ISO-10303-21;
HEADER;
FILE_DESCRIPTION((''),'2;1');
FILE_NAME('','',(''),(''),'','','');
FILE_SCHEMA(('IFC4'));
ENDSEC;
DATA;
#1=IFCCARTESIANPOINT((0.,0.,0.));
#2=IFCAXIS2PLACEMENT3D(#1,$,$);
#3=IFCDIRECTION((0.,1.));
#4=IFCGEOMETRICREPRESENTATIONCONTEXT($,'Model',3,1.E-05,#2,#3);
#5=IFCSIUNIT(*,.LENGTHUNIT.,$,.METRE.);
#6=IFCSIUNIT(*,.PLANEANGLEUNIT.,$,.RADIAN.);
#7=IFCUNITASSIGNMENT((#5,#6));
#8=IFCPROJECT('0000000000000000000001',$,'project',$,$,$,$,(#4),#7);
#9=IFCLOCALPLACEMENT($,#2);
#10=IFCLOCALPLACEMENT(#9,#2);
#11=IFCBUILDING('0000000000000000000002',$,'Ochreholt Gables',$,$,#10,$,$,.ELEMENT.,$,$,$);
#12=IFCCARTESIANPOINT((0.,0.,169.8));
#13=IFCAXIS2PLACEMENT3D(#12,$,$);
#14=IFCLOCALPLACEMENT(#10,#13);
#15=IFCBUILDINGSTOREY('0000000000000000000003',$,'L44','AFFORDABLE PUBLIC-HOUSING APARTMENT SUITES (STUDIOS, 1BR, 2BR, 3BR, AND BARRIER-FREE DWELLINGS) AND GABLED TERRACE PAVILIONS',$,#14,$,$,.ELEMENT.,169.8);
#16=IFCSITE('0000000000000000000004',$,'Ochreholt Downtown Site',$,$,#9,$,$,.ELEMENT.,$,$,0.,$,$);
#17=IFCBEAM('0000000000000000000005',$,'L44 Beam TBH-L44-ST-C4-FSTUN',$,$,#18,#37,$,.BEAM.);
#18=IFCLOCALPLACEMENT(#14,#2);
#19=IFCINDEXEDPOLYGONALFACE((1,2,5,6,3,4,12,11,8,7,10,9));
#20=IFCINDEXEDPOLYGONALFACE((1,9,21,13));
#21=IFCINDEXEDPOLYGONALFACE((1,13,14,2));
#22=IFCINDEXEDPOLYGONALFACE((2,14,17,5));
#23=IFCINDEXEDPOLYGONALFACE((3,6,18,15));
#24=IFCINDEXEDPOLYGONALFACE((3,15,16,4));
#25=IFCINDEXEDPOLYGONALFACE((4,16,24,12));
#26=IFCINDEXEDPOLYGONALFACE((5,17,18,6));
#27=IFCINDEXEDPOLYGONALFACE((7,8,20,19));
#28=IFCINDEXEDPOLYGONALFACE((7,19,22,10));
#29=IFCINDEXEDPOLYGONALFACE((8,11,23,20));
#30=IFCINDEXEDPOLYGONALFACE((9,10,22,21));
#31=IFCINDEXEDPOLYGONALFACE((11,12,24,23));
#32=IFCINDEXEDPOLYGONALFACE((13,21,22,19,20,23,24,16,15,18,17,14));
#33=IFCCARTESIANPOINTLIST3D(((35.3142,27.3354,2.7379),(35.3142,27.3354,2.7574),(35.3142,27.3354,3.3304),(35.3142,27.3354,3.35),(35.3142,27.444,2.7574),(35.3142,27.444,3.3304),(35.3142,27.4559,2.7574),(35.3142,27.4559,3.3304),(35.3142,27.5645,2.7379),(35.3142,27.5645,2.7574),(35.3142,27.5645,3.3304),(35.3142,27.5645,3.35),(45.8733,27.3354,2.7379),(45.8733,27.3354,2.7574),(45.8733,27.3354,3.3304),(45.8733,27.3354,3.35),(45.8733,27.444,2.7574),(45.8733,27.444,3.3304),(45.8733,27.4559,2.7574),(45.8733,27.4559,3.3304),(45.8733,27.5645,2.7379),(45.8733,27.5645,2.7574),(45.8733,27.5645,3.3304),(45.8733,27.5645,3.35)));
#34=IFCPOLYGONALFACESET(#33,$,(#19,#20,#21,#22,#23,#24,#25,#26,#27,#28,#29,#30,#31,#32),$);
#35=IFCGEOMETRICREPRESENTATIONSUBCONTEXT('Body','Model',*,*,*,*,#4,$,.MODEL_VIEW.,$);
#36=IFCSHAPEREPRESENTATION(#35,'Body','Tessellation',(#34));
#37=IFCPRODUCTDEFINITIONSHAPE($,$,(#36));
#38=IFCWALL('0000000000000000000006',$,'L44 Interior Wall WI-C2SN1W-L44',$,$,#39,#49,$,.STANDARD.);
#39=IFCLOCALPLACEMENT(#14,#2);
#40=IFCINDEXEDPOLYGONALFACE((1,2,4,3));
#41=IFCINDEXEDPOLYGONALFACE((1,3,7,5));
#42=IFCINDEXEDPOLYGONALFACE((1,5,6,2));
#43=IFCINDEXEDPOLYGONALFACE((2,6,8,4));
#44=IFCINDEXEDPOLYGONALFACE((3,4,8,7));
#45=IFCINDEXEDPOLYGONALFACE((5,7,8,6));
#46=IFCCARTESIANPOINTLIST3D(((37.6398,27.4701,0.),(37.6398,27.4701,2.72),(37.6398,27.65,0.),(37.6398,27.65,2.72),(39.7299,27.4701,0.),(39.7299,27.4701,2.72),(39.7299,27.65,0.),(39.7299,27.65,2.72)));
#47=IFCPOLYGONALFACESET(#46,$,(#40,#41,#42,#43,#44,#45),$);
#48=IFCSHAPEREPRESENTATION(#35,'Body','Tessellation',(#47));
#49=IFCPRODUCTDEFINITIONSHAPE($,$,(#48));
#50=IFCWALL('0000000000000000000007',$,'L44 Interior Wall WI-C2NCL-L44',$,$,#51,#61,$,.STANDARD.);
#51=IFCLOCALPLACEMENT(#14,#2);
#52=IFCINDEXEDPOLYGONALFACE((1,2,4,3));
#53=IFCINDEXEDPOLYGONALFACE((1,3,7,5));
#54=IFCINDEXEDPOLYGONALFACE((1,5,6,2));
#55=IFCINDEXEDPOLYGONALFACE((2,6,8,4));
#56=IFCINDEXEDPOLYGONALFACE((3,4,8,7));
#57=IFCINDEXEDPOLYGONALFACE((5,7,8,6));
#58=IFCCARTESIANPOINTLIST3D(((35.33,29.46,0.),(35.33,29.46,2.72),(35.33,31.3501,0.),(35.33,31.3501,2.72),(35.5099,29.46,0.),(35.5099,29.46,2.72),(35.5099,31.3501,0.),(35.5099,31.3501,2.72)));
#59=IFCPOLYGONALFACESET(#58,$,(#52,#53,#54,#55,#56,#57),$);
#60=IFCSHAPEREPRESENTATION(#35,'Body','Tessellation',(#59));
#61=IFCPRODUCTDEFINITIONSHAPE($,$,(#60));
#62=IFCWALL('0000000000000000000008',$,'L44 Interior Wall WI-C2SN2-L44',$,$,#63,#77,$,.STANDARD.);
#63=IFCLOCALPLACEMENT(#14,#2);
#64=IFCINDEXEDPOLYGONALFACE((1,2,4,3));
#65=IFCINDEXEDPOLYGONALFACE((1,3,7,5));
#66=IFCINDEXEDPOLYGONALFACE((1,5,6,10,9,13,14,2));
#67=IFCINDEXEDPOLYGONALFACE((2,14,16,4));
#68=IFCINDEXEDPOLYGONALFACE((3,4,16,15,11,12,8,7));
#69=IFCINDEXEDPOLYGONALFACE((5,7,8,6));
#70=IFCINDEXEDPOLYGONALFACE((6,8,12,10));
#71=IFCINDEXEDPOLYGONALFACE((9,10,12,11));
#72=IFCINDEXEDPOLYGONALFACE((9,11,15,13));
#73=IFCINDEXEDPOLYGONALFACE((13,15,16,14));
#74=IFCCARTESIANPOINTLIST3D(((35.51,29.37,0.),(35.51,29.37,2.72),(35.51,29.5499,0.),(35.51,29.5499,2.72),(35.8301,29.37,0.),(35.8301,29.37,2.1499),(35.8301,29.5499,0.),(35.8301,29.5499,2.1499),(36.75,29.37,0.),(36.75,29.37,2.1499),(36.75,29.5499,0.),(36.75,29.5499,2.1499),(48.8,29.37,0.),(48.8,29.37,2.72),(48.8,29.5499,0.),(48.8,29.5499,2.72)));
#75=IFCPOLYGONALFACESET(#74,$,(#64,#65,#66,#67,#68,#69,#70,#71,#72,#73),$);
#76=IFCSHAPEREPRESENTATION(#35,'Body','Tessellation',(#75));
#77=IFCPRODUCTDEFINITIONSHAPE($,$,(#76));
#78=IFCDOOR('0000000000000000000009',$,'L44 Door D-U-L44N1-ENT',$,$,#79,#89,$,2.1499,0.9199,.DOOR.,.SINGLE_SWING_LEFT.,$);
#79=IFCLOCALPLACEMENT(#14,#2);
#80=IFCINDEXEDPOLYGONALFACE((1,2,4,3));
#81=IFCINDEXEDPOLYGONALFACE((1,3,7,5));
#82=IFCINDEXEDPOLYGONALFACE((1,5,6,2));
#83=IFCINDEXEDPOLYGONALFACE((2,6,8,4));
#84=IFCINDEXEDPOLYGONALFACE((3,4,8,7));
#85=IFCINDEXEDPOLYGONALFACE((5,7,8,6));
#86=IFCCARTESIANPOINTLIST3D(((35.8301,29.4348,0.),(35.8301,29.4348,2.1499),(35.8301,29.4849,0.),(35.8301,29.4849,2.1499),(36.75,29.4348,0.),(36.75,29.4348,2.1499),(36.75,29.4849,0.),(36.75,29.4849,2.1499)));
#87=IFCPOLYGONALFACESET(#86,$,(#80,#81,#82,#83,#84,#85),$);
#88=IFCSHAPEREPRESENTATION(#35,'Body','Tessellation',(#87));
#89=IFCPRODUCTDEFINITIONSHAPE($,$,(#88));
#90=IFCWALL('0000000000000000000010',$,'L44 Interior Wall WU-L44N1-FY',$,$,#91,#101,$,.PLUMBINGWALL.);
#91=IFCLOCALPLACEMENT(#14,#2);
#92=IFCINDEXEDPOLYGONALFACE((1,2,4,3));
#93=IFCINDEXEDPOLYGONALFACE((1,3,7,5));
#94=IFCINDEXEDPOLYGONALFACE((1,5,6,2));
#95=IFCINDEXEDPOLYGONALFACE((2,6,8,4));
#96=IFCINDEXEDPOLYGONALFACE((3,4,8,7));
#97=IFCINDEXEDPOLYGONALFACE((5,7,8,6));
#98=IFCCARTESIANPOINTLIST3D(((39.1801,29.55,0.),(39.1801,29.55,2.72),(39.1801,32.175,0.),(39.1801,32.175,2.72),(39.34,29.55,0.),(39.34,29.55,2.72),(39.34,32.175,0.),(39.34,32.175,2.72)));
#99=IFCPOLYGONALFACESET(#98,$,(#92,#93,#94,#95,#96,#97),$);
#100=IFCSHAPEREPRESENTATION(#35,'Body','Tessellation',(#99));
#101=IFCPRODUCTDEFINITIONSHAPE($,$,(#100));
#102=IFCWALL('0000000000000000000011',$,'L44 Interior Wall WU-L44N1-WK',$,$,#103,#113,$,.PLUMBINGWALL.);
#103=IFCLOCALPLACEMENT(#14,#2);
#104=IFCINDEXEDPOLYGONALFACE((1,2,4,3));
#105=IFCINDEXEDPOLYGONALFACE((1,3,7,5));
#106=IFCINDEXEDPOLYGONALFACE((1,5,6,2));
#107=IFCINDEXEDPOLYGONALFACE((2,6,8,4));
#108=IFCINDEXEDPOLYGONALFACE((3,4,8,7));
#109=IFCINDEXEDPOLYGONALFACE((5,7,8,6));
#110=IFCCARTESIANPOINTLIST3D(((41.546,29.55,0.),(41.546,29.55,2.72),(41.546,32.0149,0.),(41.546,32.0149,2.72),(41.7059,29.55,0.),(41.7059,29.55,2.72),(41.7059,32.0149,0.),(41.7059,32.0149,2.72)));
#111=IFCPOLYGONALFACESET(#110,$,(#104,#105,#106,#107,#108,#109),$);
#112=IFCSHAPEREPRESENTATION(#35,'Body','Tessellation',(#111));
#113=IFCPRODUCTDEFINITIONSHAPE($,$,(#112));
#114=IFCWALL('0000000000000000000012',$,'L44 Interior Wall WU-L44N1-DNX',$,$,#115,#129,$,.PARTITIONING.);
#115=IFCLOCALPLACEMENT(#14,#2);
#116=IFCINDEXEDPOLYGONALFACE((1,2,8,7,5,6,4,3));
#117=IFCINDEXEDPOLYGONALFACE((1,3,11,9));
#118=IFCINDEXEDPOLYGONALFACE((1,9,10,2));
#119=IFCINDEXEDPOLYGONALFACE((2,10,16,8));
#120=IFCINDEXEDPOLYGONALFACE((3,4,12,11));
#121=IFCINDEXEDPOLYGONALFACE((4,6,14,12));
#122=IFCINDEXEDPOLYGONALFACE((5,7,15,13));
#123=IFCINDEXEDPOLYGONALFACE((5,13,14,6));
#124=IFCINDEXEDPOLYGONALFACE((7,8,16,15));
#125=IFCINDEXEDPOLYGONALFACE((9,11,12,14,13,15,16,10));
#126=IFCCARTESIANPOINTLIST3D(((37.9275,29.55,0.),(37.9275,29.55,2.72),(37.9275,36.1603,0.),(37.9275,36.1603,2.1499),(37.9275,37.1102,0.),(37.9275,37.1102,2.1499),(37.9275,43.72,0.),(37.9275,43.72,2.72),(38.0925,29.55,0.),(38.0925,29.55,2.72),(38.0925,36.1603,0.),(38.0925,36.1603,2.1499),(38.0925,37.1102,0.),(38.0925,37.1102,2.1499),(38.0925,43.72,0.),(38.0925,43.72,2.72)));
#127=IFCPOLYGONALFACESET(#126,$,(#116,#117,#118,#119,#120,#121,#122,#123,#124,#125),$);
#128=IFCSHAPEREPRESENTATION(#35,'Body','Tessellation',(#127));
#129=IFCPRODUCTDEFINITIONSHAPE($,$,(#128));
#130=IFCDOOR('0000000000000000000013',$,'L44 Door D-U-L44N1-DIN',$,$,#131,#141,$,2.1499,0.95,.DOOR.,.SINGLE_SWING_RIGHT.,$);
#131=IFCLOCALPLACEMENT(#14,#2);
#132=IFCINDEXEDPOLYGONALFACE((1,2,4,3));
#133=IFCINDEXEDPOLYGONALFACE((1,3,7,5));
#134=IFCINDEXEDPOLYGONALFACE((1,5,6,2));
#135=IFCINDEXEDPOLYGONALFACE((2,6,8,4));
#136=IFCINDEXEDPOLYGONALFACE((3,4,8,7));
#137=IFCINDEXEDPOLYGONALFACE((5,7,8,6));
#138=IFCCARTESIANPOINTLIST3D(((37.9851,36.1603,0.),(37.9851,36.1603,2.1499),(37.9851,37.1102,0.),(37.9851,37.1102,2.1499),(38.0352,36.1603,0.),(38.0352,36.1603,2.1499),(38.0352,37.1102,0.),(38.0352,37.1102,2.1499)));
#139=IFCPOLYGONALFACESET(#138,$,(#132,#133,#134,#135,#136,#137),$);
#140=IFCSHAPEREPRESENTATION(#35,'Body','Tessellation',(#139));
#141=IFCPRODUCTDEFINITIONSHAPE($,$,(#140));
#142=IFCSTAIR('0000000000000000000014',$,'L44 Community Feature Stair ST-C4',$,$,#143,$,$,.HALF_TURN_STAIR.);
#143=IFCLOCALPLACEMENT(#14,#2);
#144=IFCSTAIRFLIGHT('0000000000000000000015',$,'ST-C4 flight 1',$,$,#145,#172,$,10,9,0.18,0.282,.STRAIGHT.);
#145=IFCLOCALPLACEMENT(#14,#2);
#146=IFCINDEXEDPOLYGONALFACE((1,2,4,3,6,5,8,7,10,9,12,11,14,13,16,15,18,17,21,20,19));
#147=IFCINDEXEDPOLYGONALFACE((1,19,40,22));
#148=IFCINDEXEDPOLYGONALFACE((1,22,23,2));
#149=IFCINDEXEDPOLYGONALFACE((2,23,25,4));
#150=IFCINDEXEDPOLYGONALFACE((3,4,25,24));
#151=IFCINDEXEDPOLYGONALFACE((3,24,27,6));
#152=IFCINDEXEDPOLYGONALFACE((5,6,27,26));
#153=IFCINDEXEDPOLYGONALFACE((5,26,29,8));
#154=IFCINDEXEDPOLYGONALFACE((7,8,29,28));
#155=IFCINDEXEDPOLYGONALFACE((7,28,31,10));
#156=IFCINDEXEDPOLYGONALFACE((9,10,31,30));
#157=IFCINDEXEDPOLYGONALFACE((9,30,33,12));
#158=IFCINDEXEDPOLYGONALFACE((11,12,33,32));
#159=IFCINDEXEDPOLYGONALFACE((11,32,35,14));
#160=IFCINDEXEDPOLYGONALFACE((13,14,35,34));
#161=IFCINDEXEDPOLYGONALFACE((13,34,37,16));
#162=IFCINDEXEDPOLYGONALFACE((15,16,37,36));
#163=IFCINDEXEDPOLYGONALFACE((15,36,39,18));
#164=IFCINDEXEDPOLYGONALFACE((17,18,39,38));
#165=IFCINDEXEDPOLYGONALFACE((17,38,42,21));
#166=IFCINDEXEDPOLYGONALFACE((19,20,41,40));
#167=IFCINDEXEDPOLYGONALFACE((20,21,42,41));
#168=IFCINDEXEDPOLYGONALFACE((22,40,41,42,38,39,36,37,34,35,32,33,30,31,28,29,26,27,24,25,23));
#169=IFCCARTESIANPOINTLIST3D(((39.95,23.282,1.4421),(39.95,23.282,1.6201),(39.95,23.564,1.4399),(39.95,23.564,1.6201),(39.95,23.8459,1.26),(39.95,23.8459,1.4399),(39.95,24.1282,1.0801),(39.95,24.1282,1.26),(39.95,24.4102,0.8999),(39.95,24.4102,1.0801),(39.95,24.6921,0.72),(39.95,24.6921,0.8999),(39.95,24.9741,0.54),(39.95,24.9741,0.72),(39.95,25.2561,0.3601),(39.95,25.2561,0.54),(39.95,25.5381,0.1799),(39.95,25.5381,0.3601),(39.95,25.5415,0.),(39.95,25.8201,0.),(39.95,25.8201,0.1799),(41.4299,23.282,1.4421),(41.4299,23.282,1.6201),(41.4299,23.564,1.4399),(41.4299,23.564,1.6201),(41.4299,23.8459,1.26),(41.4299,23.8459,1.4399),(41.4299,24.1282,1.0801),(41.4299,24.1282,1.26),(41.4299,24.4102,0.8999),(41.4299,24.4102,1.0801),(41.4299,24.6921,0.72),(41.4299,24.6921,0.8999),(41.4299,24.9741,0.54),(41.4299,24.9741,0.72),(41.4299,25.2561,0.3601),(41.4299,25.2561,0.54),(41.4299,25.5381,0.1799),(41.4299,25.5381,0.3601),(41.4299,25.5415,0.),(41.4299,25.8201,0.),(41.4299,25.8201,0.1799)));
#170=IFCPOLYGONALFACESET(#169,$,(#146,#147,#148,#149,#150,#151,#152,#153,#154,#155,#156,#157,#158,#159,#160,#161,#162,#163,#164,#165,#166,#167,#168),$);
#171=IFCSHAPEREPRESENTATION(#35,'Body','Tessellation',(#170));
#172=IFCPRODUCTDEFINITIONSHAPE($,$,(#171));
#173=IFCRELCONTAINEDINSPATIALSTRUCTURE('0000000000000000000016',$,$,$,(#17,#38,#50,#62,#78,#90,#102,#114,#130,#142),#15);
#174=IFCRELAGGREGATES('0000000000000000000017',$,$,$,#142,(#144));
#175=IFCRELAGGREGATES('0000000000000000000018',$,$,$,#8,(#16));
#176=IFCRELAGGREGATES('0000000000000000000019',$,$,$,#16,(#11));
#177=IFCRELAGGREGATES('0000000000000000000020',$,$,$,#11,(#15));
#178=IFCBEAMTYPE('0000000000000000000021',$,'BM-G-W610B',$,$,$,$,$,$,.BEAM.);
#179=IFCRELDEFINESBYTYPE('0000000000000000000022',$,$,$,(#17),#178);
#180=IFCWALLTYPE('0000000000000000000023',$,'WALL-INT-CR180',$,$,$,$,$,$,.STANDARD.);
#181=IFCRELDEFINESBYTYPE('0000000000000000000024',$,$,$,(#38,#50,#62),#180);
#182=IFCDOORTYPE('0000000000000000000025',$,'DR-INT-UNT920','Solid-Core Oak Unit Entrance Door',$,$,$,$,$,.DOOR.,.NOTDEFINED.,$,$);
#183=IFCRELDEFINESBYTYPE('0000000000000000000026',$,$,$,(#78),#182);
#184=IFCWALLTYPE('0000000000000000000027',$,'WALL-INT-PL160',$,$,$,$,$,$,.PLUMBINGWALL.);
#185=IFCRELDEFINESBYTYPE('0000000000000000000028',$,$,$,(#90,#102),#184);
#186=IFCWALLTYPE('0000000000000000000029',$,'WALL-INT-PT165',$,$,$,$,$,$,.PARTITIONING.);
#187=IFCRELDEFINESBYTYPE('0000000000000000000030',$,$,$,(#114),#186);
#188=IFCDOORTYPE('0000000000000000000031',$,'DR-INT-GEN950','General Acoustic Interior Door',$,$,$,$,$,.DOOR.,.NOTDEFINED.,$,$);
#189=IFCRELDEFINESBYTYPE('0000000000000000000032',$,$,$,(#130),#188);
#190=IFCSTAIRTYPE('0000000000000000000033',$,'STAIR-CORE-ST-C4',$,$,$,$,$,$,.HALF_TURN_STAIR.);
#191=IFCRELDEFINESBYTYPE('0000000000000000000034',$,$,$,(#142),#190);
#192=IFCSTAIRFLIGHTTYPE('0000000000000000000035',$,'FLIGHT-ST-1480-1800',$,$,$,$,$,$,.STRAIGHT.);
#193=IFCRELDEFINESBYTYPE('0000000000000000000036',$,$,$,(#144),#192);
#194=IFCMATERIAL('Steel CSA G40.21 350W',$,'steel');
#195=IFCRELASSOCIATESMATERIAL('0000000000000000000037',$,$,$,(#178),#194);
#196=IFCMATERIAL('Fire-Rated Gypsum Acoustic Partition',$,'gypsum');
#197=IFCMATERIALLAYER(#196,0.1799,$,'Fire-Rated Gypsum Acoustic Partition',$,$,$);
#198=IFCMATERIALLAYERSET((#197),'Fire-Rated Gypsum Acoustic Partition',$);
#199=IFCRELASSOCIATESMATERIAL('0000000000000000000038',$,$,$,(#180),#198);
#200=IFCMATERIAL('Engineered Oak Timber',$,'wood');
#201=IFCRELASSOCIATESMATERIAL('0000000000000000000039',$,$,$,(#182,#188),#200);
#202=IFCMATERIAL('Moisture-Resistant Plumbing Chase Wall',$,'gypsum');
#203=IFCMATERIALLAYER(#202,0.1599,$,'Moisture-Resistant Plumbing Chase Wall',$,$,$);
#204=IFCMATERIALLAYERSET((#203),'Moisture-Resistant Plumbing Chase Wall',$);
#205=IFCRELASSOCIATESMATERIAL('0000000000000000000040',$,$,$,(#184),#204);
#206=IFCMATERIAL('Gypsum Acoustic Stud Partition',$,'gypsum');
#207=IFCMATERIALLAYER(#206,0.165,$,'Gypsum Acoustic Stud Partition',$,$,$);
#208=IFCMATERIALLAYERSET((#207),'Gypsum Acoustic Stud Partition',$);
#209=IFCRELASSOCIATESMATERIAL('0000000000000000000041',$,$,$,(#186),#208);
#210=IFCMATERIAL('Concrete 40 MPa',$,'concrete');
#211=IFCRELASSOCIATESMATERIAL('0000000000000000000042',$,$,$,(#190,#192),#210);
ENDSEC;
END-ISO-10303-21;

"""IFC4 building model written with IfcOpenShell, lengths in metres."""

from ifc_helpers import new_model, si_unit, direction, frame, frame_2d, origin, origin_2d, place, context, subcontext, project, spatial, polyline, rectangle, i_section, outline, extrude, material, layer, layer_set, material_profile, profile_set, type_object, element, fill, aggregate, save


model = new_model("IFC4")

# Units and contexts
model_context = context("Model", 3, precision=1e-05, world=origin(), true_north=direction((0.0, 1.0)))
body_context = subcontext(model_context, "Body", "Model", "MODEL_VIEW")
ifc_project = project(units=[si_unit("LENGTHUNIT", "METRE"), si_unit("PLANEANGLEUNIT", "RADIAN")], contexts=[model_context])

# Site, building, storey
site_placement = place(None, origin())
site = spatial("IfcSite", under=ifc_project, at=site_placement, Name="Ochreholt Downtown Site", CompositionType="ELEMENT", RefElevation=0.0)
building_placement = place(site_placement, origin())
building = spatial("IfcBuilding", under=site, at=building_placement, Name="Ochreholt Gables", CompositionType="ELEMENT")
storey_placement = place(building_placement, frame((0.0, 0.0, 169.8)))
storey = spatial("IfcBuildingStorey", under=building, at=storey_placement, Name="L44", Description="AFFORDABLE PUBLIC-HOUSING APARTMENT SUITES (STUDIOS, 1BR, 2BR, 3BR, AND BARRIER-FREE DWELLINGS) AND GABLED TERRACE PAVILIONS", CompositionType="ELEMENT", Elevation=169.8)

# Beam
ifc_material_1 = material(Name="Steel CSA G40.21 350W", Category="steel")
ifc_material_profile = material_profile(ifc_material_1, i_section(OverallWidth=0.229, OverallDepth=0.6121, WebThickness=0.012, FlangeThickness=0.0195, at=origin_2d()), Name="W610X125")
ifc_profile_set = profile_set([ifc_material_profile], Name="Steel CSA G40.21 350W")
beam_type = type_object("IfcBeamType", Name="BM-G-W610B", PredefinedType="BEAM", material=ifc_profile_set)
beam_placement = place(storey_placement, frame((35.3142, 27.45, 3.0439), z_axis=(1.0, 0.0, 0.0), x_axis=(0.0, 1.0, 0.0)))
element("IfcBeam", 1, at=beam_placement, inside=storey, type_object=beam_type, Name="L44 Beam TBH-L44-ST-C4-FSTUN", PredefinedType="BEAM", context=body_context, shape_type="SweptSolid", body=[
    extrude(i_section(OverallWidth=0.229, OverallDepth=0.6121, WebThickness=0.012, FlangeThickness=0.0195, at=origin_2d()), origin(), (0.0, 0.0, 1.0), 10.5591),
])

# Wall
ifc_material_2 = material(Name="Fire-Rated Gypsum Acoustic Partition", Category="gypsum")
ifc_layer_1 = layer(ifc_material_2, 0.1799, Name="Fire-Rated Gypsum Acoustic Partition")
ifc_layer_set_1 = layer_set([ifc_layer_1], Name="Fire-Rated Gypsum Acoustic Partition")
wall_type_1 = type_object("IfcWallType", Name="WALL-INT-CR180", PredefinedType="STANDARD", material=ifc_layer_set_1)
wall_1_placement = place(storey_placement, frame((37.6399, 27.5601, 0.0), z_axis=(0.0, 0.0, 1.0), x_axis=(1.0, 0.0, 0.0)))
element("IfcWall", 2, at=wall_1_placement, inside=storey, type_object=wall_type_1, Name="L44 Interior Wall WI-C2SN1W-L44", PredefinedType="STANDARD", context=body_context, shape_type="SweptSolid", body=[
    extrude(rectangle(XDim=2.0901, YDim=0.1799, at=frame_2d((1.0449, 0.0))), origin(), (0.0, 0.0, 1.0), 2.72),
])

# Shared definitions
ifc_material_3 = material(Name="Engineered Oak Timber", Category="wood")

# Wall
wall_2_placement = place(storey_placement, frame((35.4199, 29.46, 0.0), z_axis=(0.0, 0.0, 1.0), x_axis=(0.0, 1.0, 0.0)))
element("IfcWall", 3, at=wall_2_placement, inside=storey, type_object=wall_type_1, Name="L44 Interior Wall WI-C2NCL-L44", PredefinedType="STANDARD", context=body_context, shape_type="SweptSolid", body=[
    extrude(rectangle(XDim=1.8901, YDim=0.1799, at=frame_2d((0.9451, 0.0))), origin(), (0.0, 0.0, 1.0), 2.72),
])

# Wall, opening, door
wall_3_placement = place(storey_placement, frame((35.51, 29.46, 0.0), z_axis=(0.0, 0.0, 1.0), x_axis=(1.0, 0.0, 0.0)))
wall_3 = element("IfcWall", 4, at=wall_3_placement, inside=storey, type_object=wall_type_1, Name="L44 Interior Wall WI-C2SN2-L44", PredefinedType="STANDARD", context=body_context, shape_type="SweptSolid", body=[
    extrude(rectangle(XDim=13.29, YDim=0.1799, at=frame_2d((6.645, 0.0))), origin(), (0.0, 0.0, 1.0), 2.72),
])
opening_1_placement = place(wall_3_placement, frame((0.3201, 0.0, 0.0)))
opening_1 = element("IfcOpeningElement", 5, at=opening_1_placement, cuts=wall_3, PredefinedType="OPENING", context=body_context, shape_type="SweptSolid", body=[
    extrude(rectangle(XDim=0.9199, YDim=2.1499, at=frame_2d((0.46, 1.075))), frame((0.0, 0.0999, 0.0), z_axis=(0.0, -1.0, 0.0), x_axis=(1.0, 0.0, 0.0)), (0.0, 0.0, 1.0), 0.2),
])
door_type_1 = type_object("IfcDoorType", Name="DR-INT-UNT920", Description="Solid-Core Oak Unit Entrance Door", OperationType="NOTDEFINED", PredefinedType="DOOR", material=ifc_material_3)
door_1_placement = place(opening_1_placement, origin())
door_1 = element("IfcDoor", 6, at=door_1_placement, inside=storey, type_object=door_type_1, Name="L44 Door D-U-L44N1-ENT", OperationType="SINGLE_SWING_LEFT", OverallHeight=2.1499, OverallWidth=0.9199, PredefinedType="DOOR", context=body_context, shape_type="SweptSolid", body=[
    extrude(rectangle(XDim=0.9199, YDim=2.1499, at=frame_2d((0.46, 1.075))), frame((0.0, 0.0249, 0.0), z_axis=(0.0, -1.0, 0.0), x_axis=(1.0, 0.0, 0.0)), (0.0, 0.0, 1.0), 0.05),
])
fill(opening_1, door_1)

# Walls
ifc_material_4 = material(Name="Moisture-Resistant Plumbing Chase Wall", Category="gypsum")
ifc_layer_2 = layer(ifc_material_4, 0.1599, Name="Moisture-Resistant Plumbing Chase Wall")
ifc_layer_set_2 = layer_set([ifc_layer_2], Name="Moisture-Resistant Plumbing Chase Wall")
wall_type_2 = type_object("IfcWallType", Name="WALL-INT-PL160", PredefinedType="PLUMBINGWALL", material=ifc_layer_set_2)
wall_4_placement = place(storey_placement, frame((39.26, 29.55, 0.0), z_axis=(0.0, 0.0, 1.0), x_axis=(0.0, 1.0, 0.0)))
element("IfcWall", 7, at=wall_4_placement, inside=storey, type_object=wall_type_2, Name="L44 Interior Wall WU-L44N1-FY", PredefinedType="PLUMBINGWALL", context=body_context, shape_type="SweptSolid", body=[
    extrude(rectangle(XDim=2.625, YDim=0.1599, at=frame_2d((1.3125, 0.0))), origin(), (0.0, 0.0, 1.0), 2.72),
])
wall_5_placement = place(storey_placement, frame((41.626, 29.55, 0.0), z_axis=(0.0, 0.0, 1.0), x_axis=(0.0, 1.0, 0.0)))
element("IfcWall", 8, at=wall_5_placement, inside=storey, type_object=wall_type_2, Name="L44 Interior Wall WU-L44N1-WK", PredefinedType="PLUMBINGWALL", context=body_context, shape_type="SweptSolid", body=[
    extrude(rectangle(XDim=2.4648, YDim=0.1599, at=frame_2d((1.2324, 0.0))), origin(), (0.0, 0.0, 1.0), 2.72),
])

# Wall, opening, door
ifc_material_5 = material(Name="Gypsum Acoustic Stud Partition", Category="gypsum")
ifc_layer_3 = layer(ifc_material_5, 0.165, Name="Gypsum Acoustic Stud Partition")
ifc_layer_set_3 = layer_set([ifc_layer_3], Name="Gypsum Acoustic Stud Partition")
wall_type_3 = type_object("IfcWallType", Name="WALL-INT-PT165", PredefinedType="PARTITIONING", material=ifc_layer_set_3)
wall_6_placement = place(storey_placement, frame((38.01, 29.55, 0.0), z_axis=(0.0, 0.0, 1.0), x_axis=(0.0, 1.0, 0.0)))
wall_6 = element("IfcWall", 9, at=wall_6_placement, inside=storey, type_object=wall_type_3, Name="L44 Interior Wall WU-L44N1-DNX", PredefinedType="PARTITIONING", context=body_context, shape_type="SweptSolid", body=[
    extrude(rectangle(XDim=14.1699, YDim=0.165, at=frame_2d((7.085, 0.0))), origin(), (0.0, 0.0, 1.0), 2.72),
])
opening_2_placement = place(wall_6_placement, frame((6.6101, 0.0, 0.0)))
opening_2 = element("IfcOpeningElement", 10, at=opening_2_placement, cuts=wall_6, PredefinedType="OPENING", context=body_context, shape_type="SweptSolid", body=[
    extrude(rectangle(XDim=0.95, YDim=2.1499, at=frame_2d((0.4751, 1.075))), frame((0.0, 0.0925, 0.0), z_axis=(0.0, -1.0, 0.0), x_axis=(1.0, 0.0, 0.0)), (0.0, 0.0, 1.0), 0.1851),
])
door_type_2 = type_object("IfcDoorType", Name="DR-INT-GEN950", Description="General Acoustic Interior Door", OperationType="NOTDEFINED", PredefinedType="DOOR", material=ifc_material_3)
door_2_placement = place(opening_2_placement, origin())
door_2 = element("IfcDoor", 11, at=door_2_placement, inside=storey, type_object=door_type_2, Name="L44 Door D-U-L44N1-DIN", OperationType="SINGLE_SWING_RIGHT", OverallHeight=2.1499, OverallWidth=0.95, PredefinedType="DOOR", context=body_context, shape_type="SweptSolid", body=[
    extrude(rectangle(XDim=0.95, YDim=2.1499, at=frame_2d((0.4751, 1.075))), frame((0.0, 0.0249, 0.0), z_axis=(0.0, -1.0, 0.0), x_axis=(1.0, 0.0, 0.0)), (0.0, 0.0, 1.0), 0.05),
])
fill(opening_2, door_2)

# Stair, stair flight
ifc_material_6 = material(Name="Concrete 40 MPa", Category="concrete")
stair_type = type_object("IfcStairType", Name="STAIR-CORE-ST-C4", PredefinedType="HALF_TURN_STAIR", material=ifc_material_6)
stair_placement = place(storey_placement, origin())
stair = element("IfcStair", 12, at=stair_placement, inside=storey, type_object=stair_type, Name="L44 Community Feature Stair ST-C4", PredefinedType="HALF_TURN_STAIR")
stair_flight_type = type_object("IfcStairFlightType", Name="FLIGHT-ST-1480-1800", PredefinedType="STRAIGHT", material=ifc_material_6)
stair_flight_1_placement = place(storey_placement, frame((40.6899, 25.8201, 0.0), z_axis=(0.0, 0.0, 1.0), x_axis=(0.0, -1.0, 0.0)))
stair_flight_1 = element("IfcStairFlight", 13, at=stair_flight_1_placement, type_object=stair_flight_type, Name="ST-C4 flight 1", NumberOfRisers=10, NumberOfTreads=9, PredefinedType="STRAIGHT", RiserHeight=0.18, TreadLength=0.282, context=body_context, shape_type="SweptSolid", body=[
    extrude(outline(polyline([(0.0, 0.0), (0.0, 0.1799), (0.282, 0.1799), (0.282, 0.3601), (0.564, 0.3601), (0.564, 0.54), (0.8459, 0.54), (0.8459, 0.72), (1.1279, 0.72), (1.1279, 0.8999), (1.4099, 0.8999), (1.4099, 1.0801), (1.6919, 1.0801), (1.6919, 1.26), (1.9741, 1.26), (1.9741, 1.4399), (2.2561, 1.4399), (2.2561, 1.6201), (2.5381, 1.6201), (2.5381, 1.8), (2.5381, 1.4421), (0.2786, 0.0), (0.0, 0.0)])), frame((0.0, 0.74, 0.0), z_axis=(0.0, -1.0, 0.0), x_axis=(1.0, 0.0, 0.0)), (0.0, 0.0, 1.0), 1.48),
])
aggregate(stair, [stair_flight_1])

save(model, "model.ifc")
